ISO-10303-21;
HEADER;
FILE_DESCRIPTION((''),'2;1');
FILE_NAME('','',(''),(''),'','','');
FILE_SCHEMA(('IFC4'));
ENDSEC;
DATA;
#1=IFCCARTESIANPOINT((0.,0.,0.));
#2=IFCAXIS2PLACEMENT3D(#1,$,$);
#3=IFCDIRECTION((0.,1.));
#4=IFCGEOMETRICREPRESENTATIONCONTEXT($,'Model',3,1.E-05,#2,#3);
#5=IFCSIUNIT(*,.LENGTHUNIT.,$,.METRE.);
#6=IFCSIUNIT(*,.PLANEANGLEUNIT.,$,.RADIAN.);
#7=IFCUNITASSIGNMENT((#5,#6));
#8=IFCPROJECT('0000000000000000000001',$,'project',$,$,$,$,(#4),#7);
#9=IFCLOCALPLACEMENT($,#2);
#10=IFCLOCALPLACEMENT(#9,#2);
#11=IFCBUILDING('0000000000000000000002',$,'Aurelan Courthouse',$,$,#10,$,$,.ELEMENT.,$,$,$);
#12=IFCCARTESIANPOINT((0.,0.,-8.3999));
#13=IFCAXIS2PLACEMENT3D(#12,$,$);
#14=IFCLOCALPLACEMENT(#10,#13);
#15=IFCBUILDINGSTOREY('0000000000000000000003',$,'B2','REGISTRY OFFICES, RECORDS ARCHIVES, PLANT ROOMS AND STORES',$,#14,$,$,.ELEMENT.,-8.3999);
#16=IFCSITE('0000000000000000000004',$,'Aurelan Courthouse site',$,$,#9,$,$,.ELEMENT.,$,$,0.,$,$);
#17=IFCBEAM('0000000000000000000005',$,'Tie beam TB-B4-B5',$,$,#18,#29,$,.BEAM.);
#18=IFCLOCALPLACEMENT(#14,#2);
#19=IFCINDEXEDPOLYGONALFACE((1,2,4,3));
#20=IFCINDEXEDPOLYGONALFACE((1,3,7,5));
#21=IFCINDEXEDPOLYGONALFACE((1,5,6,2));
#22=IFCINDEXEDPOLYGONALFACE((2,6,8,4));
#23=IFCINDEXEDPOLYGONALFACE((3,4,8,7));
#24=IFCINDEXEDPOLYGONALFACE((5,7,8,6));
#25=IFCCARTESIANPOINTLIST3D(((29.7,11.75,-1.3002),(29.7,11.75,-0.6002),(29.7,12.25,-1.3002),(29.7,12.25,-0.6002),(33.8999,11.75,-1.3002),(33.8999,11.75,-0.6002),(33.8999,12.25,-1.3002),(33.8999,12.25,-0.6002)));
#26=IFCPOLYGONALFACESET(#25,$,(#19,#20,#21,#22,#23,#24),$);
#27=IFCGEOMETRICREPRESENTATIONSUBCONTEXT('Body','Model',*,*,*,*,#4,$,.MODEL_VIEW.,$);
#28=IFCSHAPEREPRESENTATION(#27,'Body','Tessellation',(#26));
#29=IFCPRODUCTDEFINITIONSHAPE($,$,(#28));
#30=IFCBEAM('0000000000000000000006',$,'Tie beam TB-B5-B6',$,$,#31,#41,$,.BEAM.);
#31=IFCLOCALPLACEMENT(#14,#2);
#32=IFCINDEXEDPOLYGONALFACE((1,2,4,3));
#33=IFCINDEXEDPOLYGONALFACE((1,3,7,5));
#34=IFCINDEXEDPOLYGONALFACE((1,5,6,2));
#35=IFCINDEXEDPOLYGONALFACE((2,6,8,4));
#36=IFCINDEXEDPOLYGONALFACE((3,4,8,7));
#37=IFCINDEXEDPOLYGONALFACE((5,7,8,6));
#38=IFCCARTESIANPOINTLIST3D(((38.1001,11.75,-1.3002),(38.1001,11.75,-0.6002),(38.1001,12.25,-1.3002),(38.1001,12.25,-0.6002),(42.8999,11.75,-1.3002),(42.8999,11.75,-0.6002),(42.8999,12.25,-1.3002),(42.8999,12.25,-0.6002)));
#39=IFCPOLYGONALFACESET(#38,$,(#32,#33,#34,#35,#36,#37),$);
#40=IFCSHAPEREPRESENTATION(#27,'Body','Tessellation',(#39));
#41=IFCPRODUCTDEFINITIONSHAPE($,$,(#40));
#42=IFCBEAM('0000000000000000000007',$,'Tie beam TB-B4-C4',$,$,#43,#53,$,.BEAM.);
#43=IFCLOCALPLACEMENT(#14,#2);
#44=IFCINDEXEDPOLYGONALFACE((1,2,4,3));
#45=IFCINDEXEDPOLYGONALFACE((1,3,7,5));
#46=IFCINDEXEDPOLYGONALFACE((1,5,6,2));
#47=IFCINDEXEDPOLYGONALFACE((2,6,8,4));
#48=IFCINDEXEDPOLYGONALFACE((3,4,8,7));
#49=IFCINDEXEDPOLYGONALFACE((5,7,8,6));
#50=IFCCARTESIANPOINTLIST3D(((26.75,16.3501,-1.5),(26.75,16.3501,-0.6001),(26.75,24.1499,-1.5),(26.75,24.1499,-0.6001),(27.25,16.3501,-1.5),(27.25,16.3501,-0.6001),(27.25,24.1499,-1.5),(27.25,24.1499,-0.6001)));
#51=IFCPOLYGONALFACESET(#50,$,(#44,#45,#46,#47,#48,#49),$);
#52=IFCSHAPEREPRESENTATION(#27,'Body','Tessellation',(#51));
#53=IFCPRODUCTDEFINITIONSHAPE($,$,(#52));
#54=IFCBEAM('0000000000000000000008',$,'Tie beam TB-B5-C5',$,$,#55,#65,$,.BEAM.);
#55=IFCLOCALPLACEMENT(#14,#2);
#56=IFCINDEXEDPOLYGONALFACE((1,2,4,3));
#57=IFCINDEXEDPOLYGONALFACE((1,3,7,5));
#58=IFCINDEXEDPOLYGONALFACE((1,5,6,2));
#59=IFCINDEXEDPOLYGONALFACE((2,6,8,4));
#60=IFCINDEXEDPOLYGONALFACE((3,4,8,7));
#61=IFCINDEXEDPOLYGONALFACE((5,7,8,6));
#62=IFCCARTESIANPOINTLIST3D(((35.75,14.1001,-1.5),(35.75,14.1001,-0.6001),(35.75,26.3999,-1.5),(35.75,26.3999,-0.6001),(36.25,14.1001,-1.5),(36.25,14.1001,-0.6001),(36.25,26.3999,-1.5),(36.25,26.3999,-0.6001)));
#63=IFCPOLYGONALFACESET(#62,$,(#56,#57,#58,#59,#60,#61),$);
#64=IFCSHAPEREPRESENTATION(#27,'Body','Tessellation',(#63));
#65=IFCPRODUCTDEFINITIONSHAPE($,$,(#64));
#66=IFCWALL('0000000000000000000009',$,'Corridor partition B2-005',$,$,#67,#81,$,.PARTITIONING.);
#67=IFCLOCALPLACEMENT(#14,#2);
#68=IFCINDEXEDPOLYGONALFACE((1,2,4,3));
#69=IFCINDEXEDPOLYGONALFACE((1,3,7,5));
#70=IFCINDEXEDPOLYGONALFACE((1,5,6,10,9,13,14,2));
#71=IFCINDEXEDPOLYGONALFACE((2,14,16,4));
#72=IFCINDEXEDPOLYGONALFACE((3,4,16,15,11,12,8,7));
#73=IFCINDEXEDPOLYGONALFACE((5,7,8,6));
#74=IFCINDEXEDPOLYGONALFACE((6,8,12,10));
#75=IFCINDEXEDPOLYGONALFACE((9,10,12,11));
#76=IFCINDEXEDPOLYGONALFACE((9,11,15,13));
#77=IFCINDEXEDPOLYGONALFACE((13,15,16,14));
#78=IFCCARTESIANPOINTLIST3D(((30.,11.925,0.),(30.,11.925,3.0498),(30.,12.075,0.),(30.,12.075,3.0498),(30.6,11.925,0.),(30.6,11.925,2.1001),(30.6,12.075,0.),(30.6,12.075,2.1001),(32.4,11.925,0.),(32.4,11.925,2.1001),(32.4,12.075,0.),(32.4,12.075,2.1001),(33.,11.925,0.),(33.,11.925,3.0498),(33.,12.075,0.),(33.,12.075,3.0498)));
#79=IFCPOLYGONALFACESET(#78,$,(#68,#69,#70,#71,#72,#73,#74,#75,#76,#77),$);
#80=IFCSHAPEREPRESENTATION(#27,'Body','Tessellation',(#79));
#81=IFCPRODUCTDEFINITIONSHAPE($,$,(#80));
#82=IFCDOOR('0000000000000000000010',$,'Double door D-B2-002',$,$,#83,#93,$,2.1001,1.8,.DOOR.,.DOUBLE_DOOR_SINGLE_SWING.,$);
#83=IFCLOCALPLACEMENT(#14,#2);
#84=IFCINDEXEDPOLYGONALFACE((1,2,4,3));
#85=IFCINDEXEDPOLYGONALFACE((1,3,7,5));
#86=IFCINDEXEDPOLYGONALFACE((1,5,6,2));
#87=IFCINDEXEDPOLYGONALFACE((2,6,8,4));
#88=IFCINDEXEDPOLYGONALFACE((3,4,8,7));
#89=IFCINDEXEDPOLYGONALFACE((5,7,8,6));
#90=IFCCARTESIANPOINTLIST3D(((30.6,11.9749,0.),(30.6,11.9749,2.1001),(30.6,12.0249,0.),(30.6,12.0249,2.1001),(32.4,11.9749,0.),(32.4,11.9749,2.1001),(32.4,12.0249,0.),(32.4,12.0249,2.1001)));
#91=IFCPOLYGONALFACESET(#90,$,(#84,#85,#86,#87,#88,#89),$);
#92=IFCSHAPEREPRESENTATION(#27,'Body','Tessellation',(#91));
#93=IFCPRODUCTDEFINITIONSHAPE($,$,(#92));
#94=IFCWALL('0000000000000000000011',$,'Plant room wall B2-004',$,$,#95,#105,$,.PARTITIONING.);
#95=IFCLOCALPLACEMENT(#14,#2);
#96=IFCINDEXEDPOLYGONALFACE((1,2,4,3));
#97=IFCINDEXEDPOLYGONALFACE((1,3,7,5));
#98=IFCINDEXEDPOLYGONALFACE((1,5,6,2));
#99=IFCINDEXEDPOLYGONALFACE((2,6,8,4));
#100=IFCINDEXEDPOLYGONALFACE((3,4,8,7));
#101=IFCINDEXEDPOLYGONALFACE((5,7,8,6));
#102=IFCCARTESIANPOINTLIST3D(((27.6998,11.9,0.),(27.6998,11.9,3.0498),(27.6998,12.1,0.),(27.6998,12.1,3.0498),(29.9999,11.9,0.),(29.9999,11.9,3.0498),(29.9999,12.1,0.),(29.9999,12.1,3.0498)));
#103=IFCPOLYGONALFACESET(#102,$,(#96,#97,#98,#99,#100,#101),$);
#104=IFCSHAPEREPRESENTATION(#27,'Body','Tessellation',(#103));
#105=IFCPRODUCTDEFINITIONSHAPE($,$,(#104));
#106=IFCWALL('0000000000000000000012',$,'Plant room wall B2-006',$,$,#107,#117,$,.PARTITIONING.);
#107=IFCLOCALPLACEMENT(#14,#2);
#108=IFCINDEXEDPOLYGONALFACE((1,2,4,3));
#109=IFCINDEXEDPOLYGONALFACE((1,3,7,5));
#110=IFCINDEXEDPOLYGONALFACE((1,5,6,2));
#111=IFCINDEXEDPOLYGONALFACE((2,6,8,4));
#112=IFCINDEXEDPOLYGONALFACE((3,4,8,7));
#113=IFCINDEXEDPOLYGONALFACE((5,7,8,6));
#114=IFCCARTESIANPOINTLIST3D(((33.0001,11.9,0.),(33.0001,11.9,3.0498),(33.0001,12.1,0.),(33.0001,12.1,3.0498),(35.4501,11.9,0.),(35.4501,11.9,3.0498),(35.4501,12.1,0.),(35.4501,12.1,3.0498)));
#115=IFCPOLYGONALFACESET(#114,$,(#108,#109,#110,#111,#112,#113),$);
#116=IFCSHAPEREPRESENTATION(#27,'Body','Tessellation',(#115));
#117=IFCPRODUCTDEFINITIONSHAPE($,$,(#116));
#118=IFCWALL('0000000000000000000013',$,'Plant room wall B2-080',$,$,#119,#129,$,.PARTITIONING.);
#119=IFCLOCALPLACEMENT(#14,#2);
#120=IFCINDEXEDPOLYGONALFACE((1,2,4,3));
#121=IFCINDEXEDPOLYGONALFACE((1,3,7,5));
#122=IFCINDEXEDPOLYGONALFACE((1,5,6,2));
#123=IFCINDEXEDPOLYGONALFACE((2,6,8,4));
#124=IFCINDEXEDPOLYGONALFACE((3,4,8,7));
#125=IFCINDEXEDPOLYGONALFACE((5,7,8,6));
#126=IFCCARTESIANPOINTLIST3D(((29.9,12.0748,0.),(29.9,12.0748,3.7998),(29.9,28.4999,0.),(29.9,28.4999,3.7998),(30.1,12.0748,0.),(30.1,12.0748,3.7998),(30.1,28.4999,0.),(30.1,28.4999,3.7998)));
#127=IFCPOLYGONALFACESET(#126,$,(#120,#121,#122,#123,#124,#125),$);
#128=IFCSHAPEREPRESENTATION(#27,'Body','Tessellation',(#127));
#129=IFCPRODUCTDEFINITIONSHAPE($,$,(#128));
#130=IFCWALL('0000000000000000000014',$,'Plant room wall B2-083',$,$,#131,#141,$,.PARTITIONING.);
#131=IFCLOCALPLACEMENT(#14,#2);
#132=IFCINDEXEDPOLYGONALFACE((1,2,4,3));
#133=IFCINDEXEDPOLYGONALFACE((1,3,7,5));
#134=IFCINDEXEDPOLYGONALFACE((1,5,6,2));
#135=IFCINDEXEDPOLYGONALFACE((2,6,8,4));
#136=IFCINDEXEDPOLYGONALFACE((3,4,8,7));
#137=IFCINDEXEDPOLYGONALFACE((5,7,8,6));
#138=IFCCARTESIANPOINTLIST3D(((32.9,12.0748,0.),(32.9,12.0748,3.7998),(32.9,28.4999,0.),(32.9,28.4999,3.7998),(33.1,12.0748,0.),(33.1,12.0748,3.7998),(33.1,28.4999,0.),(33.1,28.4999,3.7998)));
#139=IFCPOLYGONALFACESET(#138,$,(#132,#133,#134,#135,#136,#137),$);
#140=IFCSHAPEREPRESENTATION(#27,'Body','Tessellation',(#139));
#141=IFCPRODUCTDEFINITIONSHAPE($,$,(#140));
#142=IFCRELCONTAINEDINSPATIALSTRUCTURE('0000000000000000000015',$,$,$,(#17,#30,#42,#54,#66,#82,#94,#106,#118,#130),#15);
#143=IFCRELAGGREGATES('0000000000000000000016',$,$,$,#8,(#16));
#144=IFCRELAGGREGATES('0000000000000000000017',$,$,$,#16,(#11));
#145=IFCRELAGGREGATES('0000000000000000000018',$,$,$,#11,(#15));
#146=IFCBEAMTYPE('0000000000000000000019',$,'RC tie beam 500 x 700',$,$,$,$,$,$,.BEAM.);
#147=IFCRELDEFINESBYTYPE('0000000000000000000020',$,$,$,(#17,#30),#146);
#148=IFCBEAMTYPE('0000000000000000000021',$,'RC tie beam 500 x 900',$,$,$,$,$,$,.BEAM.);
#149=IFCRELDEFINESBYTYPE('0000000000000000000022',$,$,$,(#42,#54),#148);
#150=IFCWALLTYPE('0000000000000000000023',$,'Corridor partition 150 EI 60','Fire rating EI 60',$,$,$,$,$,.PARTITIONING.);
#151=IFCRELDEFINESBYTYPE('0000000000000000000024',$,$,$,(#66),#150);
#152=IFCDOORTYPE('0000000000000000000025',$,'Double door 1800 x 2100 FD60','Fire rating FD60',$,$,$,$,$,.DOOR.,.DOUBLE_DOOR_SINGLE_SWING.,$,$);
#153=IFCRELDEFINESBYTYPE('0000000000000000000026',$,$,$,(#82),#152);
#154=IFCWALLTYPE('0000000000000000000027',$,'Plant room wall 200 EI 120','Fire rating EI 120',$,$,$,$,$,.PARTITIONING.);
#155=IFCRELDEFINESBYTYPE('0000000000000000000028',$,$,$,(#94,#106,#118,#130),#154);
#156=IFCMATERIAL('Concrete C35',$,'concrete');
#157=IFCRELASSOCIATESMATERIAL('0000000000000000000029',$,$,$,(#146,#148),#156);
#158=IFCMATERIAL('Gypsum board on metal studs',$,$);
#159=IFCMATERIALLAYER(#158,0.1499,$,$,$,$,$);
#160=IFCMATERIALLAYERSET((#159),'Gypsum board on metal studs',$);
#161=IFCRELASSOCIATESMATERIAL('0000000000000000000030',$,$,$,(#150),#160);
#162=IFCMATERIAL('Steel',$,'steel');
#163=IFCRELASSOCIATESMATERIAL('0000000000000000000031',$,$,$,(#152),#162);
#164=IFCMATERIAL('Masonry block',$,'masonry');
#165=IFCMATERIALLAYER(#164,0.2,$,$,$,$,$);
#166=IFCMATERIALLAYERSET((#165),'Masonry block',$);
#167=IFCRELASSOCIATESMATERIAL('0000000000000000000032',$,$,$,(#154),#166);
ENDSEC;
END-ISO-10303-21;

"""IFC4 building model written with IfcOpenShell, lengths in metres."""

from ifc_helpers import new_model, si_unit, direction, frame, frame_2d, origin, origin_2d, place, context, subcontext, project, spatial, rectangle, extrude, material, layer, layer_set, material_profile, profile_set, type_object, element, fill, save


model = new_model("IFC4")

# Units and contexts
model_context = context("Model", 3, precision=1e-05, world=origin(), true_north=direction((0.0, 1.0)))
body_context = subcontext(model_context, "Body", "Model", "MODEL_VIEW")
ifc_project = project(units=[si_unit("LENGTHUNIT", "METRE"), si_unit("PLANEANGLEUNIT", "RADIAN")], contexts=[model_context])

# Site, building, storey
site_placement = place(None, origin())
site = spatial("IfcSite", under=ifc_project, at=site_placement, Name="Aurelan Courthouse site", CompositionType="ELEMENT", RefElevation=0.0)
building_placement = place(site_placement, origin())
building = spatial("IfcBuilding", under=site, at=building_placement, Name="Aurelan Courthouse", CompositionType="ELEMENT")
storey_placement = place(building_placement, frame((0.0, 0.0, -8.3999)))
storey = spatial("IfcBuildingStorey", under=building, at=storey_placement, Name="B2", Description="REGISTRY OFFICES, RECORDS ARCHIVES, PLANT ROOMS AND STORES", CompositionType="ELEMENT", Elevation=-8.3999)

# Shared definitions
ifc_material_1 = material(Name="Concrete C35", Category="concrete")

# Beams
ifc_material_profile_1 = material_profile(ifc_material_1, rectangle(XDim=0.5, YDim=0.7, at=origin_2d()), Name="RC 500 x 700")
ifc_profile_set_1 = profile_set([ifc_material_profile_1], Name="Concrete C35")
beam_type_1 = type_object("IfcBeamType", Name="RC tie beam 500 x 700", PredefinedType="BEAM", material=ifc_profile_set_1)
beam_1_placement = place(storey_placement, frame((29.7, 12.0, -0.9502), z_axis=(1.0, 0.0, 0.0), x_axis=(0.0, 1.0, 0.0)))
element("IfcBeam", 1, at=beam_1_placement, inside=storey, type_object=beam_type_1, Name="Tie beam TB-B4-B5", PredefinedType="BEAM", context=body_context, shape_type="SweptSolid", body=[
    extrude(rectangle(XDim=0.5, YDim=0.7, at=origin_2d()), origin(), (0.0, 0.0, 1.0), 4.2),
])
beam_2_placement = place(storey_placement, frame((38.1001, 12.0, -0.9502), z_axis=(1.0, 0.0, 0.0), x_axis=(0.0, 1.0, 0.0)))
element("IfcBeam", 2, at=beam_2_placement, inside=storey, type_object=beam_type_1, Name="Tie beam TB-B5-B6", PredefinedType="BEAM", context=body_context, shape_type="SweptSolid", body=[
    extrude(rectangle(XDim=0.5, YDim=0.7, at=origin_2d()), origin(), (0.0, 0.0, 1.0), 4.7998),
])
ifc_material_profile_2 = material_profile(ifc_material_1, rectangle(XDim=0.5, YDim=0.8999, at=origin_2d()), Name="RC 500 x 900")
ifc_profile_set_2 = profile_set([ifc_material_profile_2], Name="Concrete C35")
beam_type_2 = type_object("IfcBeamType", Name="RC tie beam 500 x 900", PredefinedType="BEAM", material=ifc_profile_set_2)
beam_3_placement = place(storey_placement, frame((27.0, 16.3501, -1.05), z_axis=(0.0, 1.0, 0.0), x_axis=(-1.0, 0.0, 0.0)))
element("IfcBeam", 3, at=beam_3_placement, inside=storey, type_object=beam_type_2, Name="Tie beam TB-B4-C4", PredefinedType="BEAM", context=body_context, shape_type="SweptSolid", body=[
    extrude(rectangle(XDim=0.5, YDim=0.8999, at=origin_2d()), origin(), (0.0, 0.0, 1.0), 7.7998),
])
beam_4_placement = place(storey_placement, frame((36.0, 14.1001, -1.05), z_axis=(0.0, 1.0, 0.0), x_axis=(-1.0, 0.0, 0.0)))
element("IfcBeam", 4, at=beam_4_placement, inside=storey, type_object=beam_type_2, Name="Tie beam TB-B5-C5", PredefinedType="BEAM", context=body_context, shape_type="SweptSolid", body=[
    extrude(rectangle(XDim=0.5, YDim=0.8999, at=origin_2d()), origin(), (0.0, 0.0, 1.0), 12.2998),
])

# Wall, opening, door
ifc_material_2 = material(Name="Gypsum board on metal studs")
ifc_layer_1 = layer(ifc_material_2, 0.1499)
ifc_layer_set_1 = layer_set([ifc_layer_1], Name="Gypsum board on metal studs")
wall_type_1 = type_object("IfcWallType", Name="Corridor partition 150 EI 60", Description="Fire rating EI 60", PredefinedType="PARTITIONING", material=ifc_layer_set_1)
wall_1_placement = place(storey_placement, frame((30.0, 12.0, 0.0), z_axis=(0.0, 0.0, 1.0), x_axis=(1.0, 0.0, 0.0)))
wall_1 = element("IfcWall", 5, at=wall_1_placement, inside=storey, type_object=wall_type_1, Name="Corridor partition B2-005", PredefinedType="PARTITIONING", context=body_context, shape_type="SweptSolid", body=[
    extrude(rectangle(XDim=3.0, YDim=0.1499, at=frame_2d((1.5, 0.0))), origin(), (0.0, 0.0, 1.0), 3.0498),
])
opening_1_placement = place(wall_1_placement, frame((0.6001, 0.0, 0.0)))
opening_1 = element("IfcOpeningElement", 6, at=opening_1_placement, cuts=wall_1, PredefinedType="OPENING", context=body_context, shape_type="SweptSolid", body=[
    extrude(rectangle(XDim=1.8, YDim=2.1001, at=frame_2d((0.8999, 1.05))), frame((0.0, 0.085, 0.0), z_axis=(0.0, -1.0, 0.0), x_axis=(1.0, 0.0, 0.0)), (0.0, 0.0, 1.0), 0.1699),
])
ifc_material_3 = material(Name="Steel", Category="steel")
door_type_1 = type_object("IfcDoorType", Name="Double door 1800 x 2100 FD60", Description="Fire rating FD60", OperationType="DOUBLE_DOOR_SINGLE_SWING", PredefinedType="DOOR", material=ifc_material_3)
door_1_placement = place(opening_1_placement, origin())
door_1 = element("IfcDoor", 7, at=door_1_placement, inside=storey, type_object=door_type_1, Name="Double door D-B2-002", OperationType="DOUBLE_DOOR_SINGLE_SWING", OverallHeight=2.1001, OverallWidth=1.8, PredefinedType="DOOR", context=body_context, shape_type="SweptSolid", body=[
    extrude(rectangle(XDim=1.8, YDim=2.1001, at=frame_2d((0.8999, 1.05))), frame((0.0, 0.0249, 0.0), z_axis=(0.0, -1.0, 0.0), x_axis=(1.0, 0.0, 0.0)), (0.0, 0.0, 1.0), 0.05),
])
fill(opening_1, door_1)

# Walls
ifc_material_4 = material(Name="Masonry block", Category="masonry")
ifc_layer_2 = layer(ifc_material_4, 0.2)
ifc_layer_set_2 = layer_set([ifc_layer_2], Name="Masonry block")
wall_type_2 = type_object("IfcWallType", Name="Plant room wall 200 EI 120", Description="Fire rating EI 120", PredefinedType="PARTITIONING", material=ifc_layer_set_2)
wall_2_placement = place(storey_placement, frame((27.7, 12.0, 0.0), z_axis=(0.0, 0.0, 1.0), x_axis=(1.0, 0.0, 0.0)))
element("IfcWall", 8, at=wall_2_placement, inside=storey, type_object=wall_type_2, Name="Plant room wall B2-004", PredefinedType="PARTITIONING", context=body_context, shape_type="SweptSolid", body=[
    extrude(rectangle(XDim=2.3, YDim=0.2, at=frame_2d((1.1499, 0.0))), origin(), (0.0, 0.0, 1.0), 3.0498),
])
wall_3_placement = place(storey_placement, frame((33.0, 12.0, 0.0), z_axis=(0.0, 0.0, 1.0), x_axis=(1.0, 0.0, 0.0)))
element("IfcWall", 9, at=wall_3_placement, inside=storey, type_object=wall_type_2, Name="Plant room wall B2-006", PredefinedType="PARTITIONING", context=body_context, shape_type="SweptSolid", body=[
    extrude(rectangle(XDim=2.45, YDim=0.2, at=frame_2d((1.2251, 0.0))), origin(), (0.0, 0.0, 1.0), 3.0498),
])

# Walls
for number, where, z_axis, x_axis, name in (
    (10, (30.0, 12.075, 0.0), (0.0, 0.0, 1.0), (0.0, 1.0, 0.0), "Plant room wall B2-080"),
    (11, (33.0, 12.075, 0.0), (0.0, 0.0, 1.0), (0.0, 1.0, 0.0), "Plant room wall B2-083"),
):
    element("IfcWall", number, at=place(storey_placement, frame(where, z_axis=z_axis, x_axis=x_axis)), inside=storey, type_object=wall_type_2, Name=name, PredefinedType="PARTITIONING", context=body_context, shape_type="SweptSolid", body=[
        extrude(rectangle(XDim=16.425, YDim=0.2, at=frame_2d((8.2124, 0.0))), origin(), (0.0, 0.0, 1.0), 3.7998),
    ])

save(model, "model.ifc")
